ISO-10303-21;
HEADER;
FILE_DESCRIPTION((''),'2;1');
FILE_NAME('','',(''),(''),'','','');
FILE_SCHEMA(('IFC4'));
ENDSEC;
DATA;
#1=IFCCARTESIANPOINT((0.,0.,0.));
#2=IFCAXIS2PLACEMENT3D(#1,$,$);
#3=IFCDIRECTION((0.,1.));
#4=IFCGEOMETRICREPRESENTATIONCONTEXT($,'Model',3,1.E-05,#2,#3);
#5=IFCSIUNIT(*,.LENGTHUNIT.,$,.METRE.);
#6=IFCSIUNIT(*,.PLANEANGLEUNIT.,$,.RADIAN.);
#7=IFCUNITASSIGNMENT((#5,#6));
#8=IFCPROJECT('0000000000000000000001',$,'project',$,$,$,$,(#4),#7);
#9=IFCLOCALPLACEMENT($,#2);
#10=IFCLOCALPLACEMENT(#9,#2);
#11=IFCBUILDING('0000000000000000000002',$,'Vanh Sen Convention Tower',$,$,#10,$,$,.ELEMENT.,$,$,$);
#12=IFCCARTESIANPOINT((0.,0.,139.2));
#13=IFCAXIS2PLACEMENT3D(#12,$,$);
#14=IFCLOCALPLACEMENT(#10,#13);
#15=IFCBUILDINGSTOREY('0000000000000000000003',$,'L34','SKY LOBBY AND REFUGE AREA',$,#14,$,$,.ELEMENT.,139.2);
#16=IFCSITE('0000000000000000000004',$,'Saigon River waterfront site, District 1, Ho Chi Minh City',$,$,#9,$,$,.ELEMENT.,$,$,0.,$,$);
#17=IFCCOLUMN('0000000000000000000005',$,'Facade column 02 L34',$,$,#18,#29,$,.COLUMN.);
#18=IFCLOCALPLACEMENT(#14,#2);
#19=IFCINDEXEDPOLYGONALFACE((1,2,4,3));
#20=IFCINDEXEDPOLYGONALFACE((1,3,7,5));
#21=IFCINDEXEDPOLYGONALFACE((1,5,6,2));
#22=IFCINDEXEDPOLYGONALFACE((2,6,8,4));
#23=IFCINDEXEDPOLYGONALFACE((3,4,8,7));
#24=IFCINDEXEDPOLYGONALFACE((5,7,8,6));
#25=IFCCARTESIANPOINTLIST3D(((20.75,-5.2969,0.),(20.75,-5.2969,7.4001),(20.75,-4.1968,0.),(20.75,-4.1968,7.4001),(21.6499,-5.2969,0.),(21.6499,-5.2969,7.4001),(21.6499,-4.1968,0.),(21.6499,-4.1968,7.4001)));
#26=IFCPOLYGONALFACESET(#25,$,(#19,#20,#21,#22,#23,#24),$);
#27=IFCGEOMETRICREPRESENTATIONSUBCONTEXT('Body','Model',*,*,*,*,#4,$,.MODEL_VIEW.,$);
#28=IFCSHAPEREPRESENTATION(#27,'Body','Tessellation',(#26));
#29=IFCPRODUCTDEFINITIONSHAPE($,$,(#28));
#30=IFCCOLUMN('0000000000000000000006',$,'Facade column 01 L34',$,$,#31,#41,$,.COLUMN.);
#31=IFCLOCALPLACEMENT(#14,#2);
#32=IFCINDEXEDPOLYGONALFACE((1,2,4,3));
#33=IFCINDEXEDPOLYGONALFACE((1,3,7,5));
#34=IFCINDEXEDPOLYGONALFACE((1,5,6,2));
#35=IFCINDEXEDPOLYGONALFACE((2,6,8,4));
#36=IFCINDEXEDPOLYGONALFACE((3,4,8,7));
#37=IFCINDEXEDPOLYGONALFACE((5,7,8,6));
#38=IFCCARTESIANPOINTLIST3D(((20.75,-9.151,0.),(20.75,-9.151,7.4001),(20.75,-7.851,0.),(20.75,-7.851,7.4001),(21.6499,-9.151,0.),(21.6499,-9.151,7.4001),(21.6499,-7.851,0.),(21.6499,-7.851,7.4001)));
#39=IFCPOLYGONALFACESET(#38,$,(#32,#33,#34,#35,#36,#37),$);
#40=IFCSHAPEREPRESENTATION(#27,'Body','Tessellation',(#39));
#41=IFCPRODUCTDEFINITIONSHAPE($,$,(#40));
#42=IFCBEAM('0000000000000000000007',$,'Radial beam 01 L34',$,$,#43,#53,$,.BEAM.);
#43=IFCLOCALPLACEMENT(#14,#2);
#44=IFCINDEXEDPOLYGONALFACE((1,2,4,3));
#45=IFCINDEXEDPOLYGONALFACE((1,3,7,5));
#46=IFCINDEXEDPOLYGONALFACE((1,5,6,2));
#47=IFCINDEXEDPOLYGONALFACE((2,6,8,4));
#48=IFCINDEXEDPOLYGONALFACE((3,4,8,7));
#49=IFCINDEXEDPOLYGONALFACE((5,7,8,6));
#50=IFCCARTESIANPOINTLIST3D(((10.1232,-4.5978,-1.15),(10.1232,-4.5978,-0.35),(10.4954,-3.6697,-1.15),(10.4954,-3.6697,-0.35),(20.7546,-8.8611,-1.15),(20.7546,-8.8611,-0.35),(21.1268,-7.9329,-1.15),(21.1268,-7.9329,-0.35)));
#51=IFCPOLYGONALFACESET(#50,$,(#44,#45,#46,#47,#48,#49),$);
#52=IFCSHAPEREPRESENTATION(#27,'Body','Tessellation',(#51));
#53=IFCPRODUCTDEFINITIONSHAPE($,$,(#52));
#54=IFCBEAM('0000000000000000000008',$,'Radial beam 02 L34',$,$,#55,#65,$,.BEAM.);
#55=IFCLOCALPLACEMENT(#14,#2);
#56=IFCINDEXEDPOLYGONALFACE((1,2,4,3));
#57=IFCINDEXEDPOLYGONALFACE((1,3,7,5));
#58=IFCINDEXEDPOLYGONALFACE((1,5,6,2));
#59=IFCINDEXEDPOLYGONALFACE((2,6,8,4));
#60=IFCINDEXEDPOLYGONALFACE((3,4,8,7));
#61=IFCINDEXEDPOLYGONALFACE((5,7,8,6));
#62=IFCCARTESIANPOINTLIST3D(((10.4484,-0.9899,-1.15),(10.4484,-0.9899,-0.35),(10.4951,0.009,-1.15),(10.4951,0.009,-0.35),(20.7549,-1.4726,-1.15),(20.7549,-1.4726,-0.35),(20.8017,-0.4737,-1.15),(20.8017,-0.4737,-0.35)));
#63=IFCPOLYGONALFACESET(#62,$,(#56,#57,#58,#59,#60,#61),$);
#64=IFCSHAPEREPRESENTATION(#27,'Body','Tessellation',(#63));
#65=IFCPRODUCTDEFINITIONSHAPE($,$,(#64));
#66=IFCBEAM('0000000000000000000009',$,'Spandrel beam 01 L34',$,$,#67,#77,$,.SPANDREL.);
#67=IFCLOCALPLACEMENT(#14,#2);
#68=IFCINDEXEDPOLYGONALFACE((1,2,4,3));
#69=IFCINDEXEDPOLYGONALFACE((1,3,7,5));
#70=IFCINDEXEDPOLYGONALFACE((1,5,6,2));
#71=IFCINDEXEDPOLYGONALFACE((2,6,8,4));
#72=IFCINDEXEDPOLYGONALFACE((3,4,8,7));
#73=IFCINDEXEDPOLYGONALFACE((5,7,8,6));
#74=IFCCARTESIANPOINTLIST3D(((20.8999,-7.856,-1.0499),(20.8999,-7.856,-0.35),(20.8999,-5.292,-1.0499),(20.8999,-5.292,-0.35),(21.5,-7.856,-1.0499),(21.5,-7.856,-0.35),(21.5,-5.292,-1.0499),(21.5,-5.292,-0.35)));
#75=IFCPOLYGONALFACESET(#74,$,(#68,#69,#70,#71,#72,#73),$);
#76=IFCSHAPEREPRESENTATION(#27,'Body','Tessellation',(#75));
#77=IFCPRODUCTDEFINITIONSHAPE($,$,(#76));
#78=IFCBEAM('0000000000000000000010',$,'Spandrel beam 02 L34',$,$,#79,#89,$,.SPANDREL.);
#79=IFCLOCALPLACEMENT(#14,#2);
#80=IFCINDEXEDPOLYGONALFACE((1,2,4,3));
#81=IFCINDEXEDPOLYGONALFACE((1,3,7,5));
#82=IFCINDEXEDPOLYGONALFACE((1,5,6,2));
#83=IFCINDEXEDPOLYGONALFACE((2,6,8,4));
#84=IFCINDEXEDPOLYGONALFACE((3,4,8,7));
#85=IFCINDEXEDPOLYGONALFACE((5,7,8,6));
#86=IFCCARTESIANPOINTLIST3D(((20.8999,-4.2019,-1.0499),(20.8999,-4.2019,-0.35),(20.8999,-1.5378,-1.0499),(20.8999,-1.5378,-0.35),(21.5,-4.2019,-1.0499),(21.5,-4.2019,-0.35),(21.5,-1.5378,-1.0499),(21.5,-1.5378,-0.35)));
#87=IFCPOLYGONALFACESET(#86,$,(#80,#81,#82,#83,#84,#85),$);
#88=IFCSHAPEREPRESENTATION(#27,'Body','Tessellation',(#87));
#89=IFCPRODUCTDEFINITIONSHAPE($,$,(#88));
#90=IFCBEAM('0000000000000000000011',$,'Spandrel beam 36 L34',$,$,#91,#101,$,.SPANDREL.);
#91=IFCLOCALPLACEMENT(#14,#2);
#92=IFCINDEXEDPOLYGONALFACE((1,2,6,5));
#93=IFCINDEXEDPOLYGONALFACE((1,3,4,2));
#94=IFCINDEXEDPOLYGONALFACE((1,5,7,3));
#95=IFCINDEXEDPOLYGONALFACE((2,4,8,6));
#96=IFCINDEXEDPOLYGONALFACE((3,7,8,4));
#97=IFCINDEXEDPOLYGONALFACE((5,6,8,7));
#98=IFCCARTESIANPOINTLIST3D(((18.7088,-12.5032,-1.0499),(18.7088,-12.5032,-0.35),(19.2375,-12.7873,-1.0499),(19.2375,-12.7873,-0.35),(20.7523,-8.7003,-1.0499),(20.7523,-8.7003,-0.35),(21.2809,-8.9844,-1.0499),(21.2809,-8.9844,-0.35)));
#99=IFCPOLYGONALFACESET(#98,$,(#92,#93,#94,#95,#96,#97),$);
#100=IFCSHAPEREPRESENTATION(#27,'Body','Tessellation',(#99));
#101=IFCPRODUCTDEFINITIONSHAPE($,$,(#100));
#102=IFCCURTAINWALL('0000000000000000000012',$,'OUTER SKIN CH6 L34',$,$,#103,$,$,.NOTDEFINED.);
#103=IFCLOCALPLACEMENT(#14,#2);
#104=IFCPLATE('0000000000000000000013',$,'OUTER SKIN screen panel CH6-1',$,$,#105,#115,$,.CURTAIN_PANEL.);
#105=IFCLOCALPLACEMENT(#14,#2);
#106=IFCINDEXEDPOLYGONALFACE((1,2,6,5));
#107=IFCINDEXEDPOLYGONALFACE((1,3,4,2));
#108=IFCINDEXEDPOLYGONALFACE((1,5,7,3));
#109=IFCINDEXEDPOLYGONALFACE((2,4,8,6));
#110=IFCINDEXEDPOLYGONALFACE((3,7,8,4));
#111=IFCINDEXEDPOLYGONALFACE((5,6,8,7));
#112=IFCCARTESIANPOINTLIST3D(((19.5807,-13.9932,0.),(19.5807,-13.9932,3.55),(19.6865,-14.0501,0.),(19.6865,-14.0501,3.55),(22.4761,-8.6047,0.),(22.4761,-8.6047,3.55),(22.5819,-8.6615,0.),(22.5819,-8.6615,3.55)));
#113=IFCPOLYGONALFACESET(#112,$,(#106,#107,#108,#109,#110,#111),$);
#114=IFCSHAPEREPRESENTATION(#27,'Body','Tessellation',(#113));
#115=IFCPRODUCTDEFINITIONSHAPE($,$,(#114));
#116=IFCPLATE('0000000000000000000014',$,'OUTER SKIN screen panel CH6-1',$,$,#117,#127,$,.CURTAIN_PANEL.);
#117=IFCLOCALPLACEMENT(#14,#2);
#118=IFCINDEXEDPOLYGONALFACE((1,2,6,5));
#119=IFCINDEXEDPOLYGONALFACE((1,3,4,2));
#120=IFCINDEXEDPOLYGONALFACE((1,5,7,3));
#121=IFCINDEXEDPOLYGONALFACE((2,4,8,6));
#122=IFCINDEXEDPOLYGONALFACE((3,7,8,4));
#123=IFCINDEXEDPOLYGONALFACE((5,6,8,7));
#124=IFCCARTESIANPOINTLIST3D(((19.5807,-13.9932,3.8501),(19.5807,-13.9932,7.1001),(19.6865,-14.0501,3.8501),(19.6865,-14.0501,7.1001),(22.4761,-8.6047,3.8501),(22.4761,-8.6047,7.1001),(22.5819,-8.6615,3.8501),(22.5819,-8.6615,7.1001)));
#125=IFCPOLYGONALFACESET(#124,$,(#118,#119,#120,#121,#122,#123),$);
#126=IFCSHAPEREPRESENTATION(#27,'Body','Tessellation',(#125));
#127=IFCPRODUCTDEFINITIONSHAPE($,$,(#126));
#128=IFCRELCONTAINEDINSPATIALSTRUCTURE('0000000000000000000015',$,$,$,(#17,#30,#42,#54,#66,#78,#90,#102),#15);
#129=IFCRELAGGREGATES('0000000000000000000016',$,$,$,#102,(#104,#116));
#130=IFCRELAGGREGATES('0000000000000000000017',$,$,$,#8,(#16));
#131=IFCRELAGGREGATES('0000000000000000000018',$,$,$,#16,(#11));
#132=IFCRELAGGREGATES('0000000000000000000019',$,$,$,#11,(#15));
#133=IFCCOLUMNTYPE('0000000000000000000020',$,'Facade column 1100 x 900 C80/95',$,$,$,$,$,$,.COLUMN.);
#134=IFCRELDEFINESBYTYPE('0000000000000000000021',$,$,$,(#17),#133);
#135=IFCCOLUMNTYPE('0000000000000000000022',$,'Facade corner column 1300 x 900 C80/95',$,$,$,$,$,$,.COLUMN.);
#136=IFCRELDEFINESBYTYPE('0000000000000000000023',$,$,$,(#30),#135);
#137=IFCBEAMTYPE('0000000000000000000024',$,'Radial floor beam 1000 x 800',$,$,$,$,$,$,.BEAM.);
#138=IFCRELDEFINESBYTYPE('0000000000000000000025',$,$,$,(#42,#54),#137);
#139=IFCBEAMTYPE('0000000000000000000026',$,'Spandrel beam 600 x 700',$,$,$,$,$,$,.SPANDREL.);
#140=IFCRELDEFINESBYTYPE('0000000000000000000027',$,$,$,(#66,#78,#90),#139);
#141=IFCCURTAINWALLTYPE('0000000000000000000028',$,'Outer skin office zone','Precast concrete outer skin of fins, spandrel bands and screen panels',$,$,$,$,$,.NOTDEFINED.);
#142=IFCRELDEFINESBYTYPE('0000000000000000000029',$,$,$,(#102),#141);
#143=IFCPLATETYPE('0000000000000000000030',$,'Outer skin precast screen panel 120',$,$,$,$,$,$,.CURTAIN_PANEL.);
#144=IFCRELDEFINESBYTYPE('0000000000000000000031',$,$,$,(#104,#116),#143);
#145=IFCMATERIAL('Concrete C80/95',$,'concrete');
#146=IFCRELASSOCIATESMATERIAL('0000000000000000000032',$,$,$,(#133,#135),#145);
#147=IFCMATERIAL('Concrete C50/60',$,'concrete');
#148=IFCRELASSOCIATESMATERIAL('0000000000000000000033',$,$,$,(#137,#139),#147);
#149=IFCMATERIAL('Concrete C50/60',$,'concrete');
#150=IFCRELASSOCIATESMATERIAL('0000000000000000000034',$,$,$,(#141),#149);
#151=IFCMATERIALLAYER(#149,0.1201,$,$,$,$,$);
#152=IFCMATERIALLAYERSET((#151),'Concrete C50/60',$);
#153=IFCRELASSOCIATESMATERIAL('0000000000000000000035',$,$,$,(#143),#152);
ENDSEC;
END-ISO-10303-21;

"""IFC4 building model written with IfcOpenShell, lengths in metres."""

from ifc_helpers import new_model, si_unit, direction, frame, origin, origin_2d, place, context, subcontext, project, spatial, rectangle, extrude, material, layer, layer_set, material_profile, profile_set, type_object, element, aggregate, save


model = new_model("IFC4")

# Units and contexts
model_context = context("Model", 3, precision=1e-05, world=origin(), true_north=direction((0.0, 1.0)))
body_context = subcontext(model_context, "Body", "Model", "MODEL_VIEW")
ifc_project = project(units=[si_unit("LENGTHUNIT", "METRE"), si_unit("PLANEANGLEUNIT", "RADIAN")], contexts=[model_context])

# Site, building, storey
site_placement = place(None, origin())
site = spatial("IfcSite", under=ifc_project, at=site_placement, Name="Saigon River waterfront site, District 1, Ho Chi Minh City", CompositionType="ELEMENT", RefElevation=0.0)
building_placement = place(site_placement, origin())
building = spatial("IfcBuilding", under=site, at=building_placement, Name="Vanh Sen Convention Tower", CompositionType="ELEMENT")
storey_placement = place(building_placement, frame((0.0, 0.0, 139.2)))
storey = spatial("IfcBuildingStorey", under=building, at=storey_placement, Name="L34", Description="SKY LOBBY AND REFUGE AREA", CompositionType="ELEMENT", Elevation=139.2)

# Columns
ifc_material_1 = material(Name="Concrete C80/95", Category="concrete")
ifc_material_profile_1 = material_profile(ifc_material_1, rectangle(XDim=1.1001, YDim=0.8999, at=origin_2d()), Name="RC 1100X900")
ifc_profile_set_1 = profile_set([ifc_material_profile_1], Name="Concrete C80/95")
column_type_1 = type_object("IfcColumnType", Name="Facade column 1100 x 900 C80/95", PredefinedType="COLUMN", material=ifc_profile_set_1)
column_1_placement = place(storey_placement, frame((21.2, -4.7468, 0.0), z_axis=(0.0, 0.0, 1.0), x_axis=(0.0, 1.0, 0.0)))
element("IfcColumn", 1, at=column_1_placement, inside=storey, type_object=column_type_1, Name="Facade column 02 L34", PredefinedType="COLUMN", context=body_context, shape_type="SweptSolid", body=[
    extrude(rectangle(XDim=1.1001, YDim=0.8999, at=origin_2d()), origin(), (0.0, 0.0, 1.0), 7.4001),
])
ifc_material_profile_2 = material_profile(ifc_material_1, rectangle(XDim=1.3, YDim=0.8999, at=origin_2d()), Name="RC 1300X900")
ifc_profile_set_2 = profile_set([ifc_material_profile_2], Name="Concrete C80/95")
column_type_2 = type_object("IfcColumnType", Name="Facade corner column 1300 x 900 C80/95", PredefinedType="COLUMN", material=ifc_profile_set_2)
column_2_placement = place(storey_placement, frame((21.2, -8.501, 0.0), z_axis=(0.0, 0.0, 1.0), x_axis=(0.0, 1.0, 0.0)))
element("IfcColumn", 2, at=column_2_placement, inside=storey, type_object=column_type_2, Name="Facade column 01 L34", PredefinedType="COLUMN", context=body_context, shape_type="SweptSolid", body=[
    extrude(rectangle(XDim=1.3, YDim=0.8999, at=origin_2d()), origin(), (0.0, 0.0, 1.0), 7.4001),
])

# Beams
ifc_material_2 = material(Name="Concrete C50/60", Category="concrete")
ifc_material_profile_3 = material_profile(ifc_material_2, rectangle(XDim=1.0, YDim=0.8, at=origin_2d()), Name="RC 1000X800")
ifc_profile_set_3 = profile_set([ifc_material_profile_3], Name="Concrete C50/60")
beam_type_1 = type_object("IfcBeamType", Name="Radial floor beam 1000 x 800", PredefinedType="BEAM", material=ifc_profile_set_3)
beam_1_placement = place(storey_placement, frame((20.9407, -8.397, -0.75), z_axis=(-0.928156, 0.372192, 0.0), x_axis=(-0.372192, -0.928156, 0.0)))
element("IfcBeam", 3, at=beam_1_placement, inside=storey, type_object=beam_type_1, Name="Radial beam 01 L34", PredefinedType="BEAM", context=body_context, shape_type="SweptSolid", body=[
    extrude(rectangle(XDim=1.0, YDim=0.8, at=origin_2d()), origin(), (0.0, 0.0, 1.0), 11.4543),
])
beam_2_placement = place(storey_placement, frame((20.7783, -0.9731, -0.75), z_axis=(-0.998905, 0.046779, 0.0), x_axis=(-0.046779, -0.998905, 0.0)))
element("IfcBeam", 4, at=beam_2_placement, inside=storey, type_object=beam_type_1, Name="Radial beam 02 L34", PredefinedType="BEAM", context=body_context, shape_type="SweptSolid", body=[
    extrude(rectangle(XDim=1.0, YDim=0.8, at=origin_2d()), origin(), (0.0, 0.0, 1.0), 10.3179),
])
ifc_material_profile_4 = material_profile(ifc_material_2, rectangle(XDim=0.6001, YDim=0.7, at=origin_2d()), Name="RC 600X700")
ifc_profile_set_4 = profile_set([ifc_material_profile_4], Name="Concrete C50/60")
beam_type_2 = type_object("IfcBeamType", Name="Spandrel beam 600 x 700", PredefinedType="SPANDREL", material=ifc_profile_set_4)
beam_3_placement = place(storey_placement, frame((21.2, -7.856, -0.7), z_axis=(0.0, 1.0, 0.0), x_axis=(-1.0, 0.0, 0.0)))
element("IfcBeam", 5, at=beam_3_placement, inside=storey, type_object=beam_type_2, Name="Spandrel beam 01 L34", PredefinedType="SPANDREL", context=body_context, shape_type="SweptSolid", body=[
    extrude(rectangle(XDim=0.6001, YDim=0.7, at=origin_2d()), origin(), (0.0, 0.0, 1.0), 2.564),
])
beam_4_placement = place(storey_placement, frame((21.2, -4.2019, -0.7), z_axis=(0.0, 1.0, 0.0), x_axis=(-1.0, 0.0, 0.0)))
element("IfcBeam", 6, at=beam_4_placement, inside=storey, type_object=beam_type_2, Name="Spandrel beam 02 L34", PredefinedType="SPANDREL", context=body_context, shape_type="SweptSolid", body=[
    extrude(rectangle(XDim=0.6001, YDim=0.7, at=origin_2d()), origin(), (0.0, 0.0, 1.0), 2.6641),
])
beam_5_placement = place(storey_placement, frame((18.9731, -12.6453, -0.7), z_axis=(0.473327, 0.880887, 0.0), x_axis=(-0.880887, 0.473327, 0.0)))
element("IfcBeam", 7, at=beam_5_placement, inside=storey, type_object=beam_type_2, Name="Spandrel beam 36 L34", PredefinedType="SPANDREL", context=body_context, shape_type="SweptSolid", body=[
    extrude(rectangle(XDim=0.6001, YDim=0.7, at=origin_2d()), origin(), (0.0, 0.0, 1.0), 4.3171),
])

# Curtain wall, plates
ifc_material_3 = material(Name="Concrete C50/60", Category="concrete")
curtain_wall_type = type_object("IfcCurtainWallType", Name="Outer skin office zone", Description="Precast concrete outer skin of fins, spandrel bands and screen panels", PredefinedType="NOTDEFINED", material=ifc_material_3)
curtain_wall_placement = place(storey_placement, origin())
curtain_wall = element("IfcCurtainWall", 8, at=curtain_wall_placement, inside=storey, type_object=curtain_wall_type, Name="OUTER SKIN CH6 L34", PredefinedType="NOTDEFINED")
ifc_layer_1 = layer(ifc_material_3, 0.1201)
ifc_layer_set_1 = layer_set([ifc_layer_1], Name="Concrete C50/60")
plate_type = type_object("IfcPlateType", Name="Outer skin precast screen panel 120", PredefinedType="CURTAIN_PANEL", material=ifc_layer_set_1)
plate_1_placement = place(storey_placement, frame((21.0813, -11.3274, 0.0), z_axis=(0.0, 0.0, 1.0), x_axis=(0.473321, 0.88089, 0.0)))
plate_1 = element("IfcPlate", 9, at=plate_1_placement, type_object=plate_type, Name="OUTER SKIN screen panel CH6-1", PredefinedType="CURTAIN_PANEL", context=body_context, shape_type="SweptSolid", body=[
    extrude(rectangle(XDim=6.1172, YDim=0.1201, at=origin_2d()), origin(), (0.0, 0.0, 1.0), 3.55),
])
plate_2_placement = place(storey_placement, frame((21.0813, -11.3274, 3.8501), z_axis=(0.0, 0.0, 1.0), x_axis=(0.473321, 0.88089, 0.0)))
plate_2 = element("IfcPlate", 10, at=plate_2_placement, type_object=plate_type, Name="OUTER SKIN screen panel CH6-1", PredefinedType="CURTAIN_PANEL", context=body_context, shape_type="SweptSolid", body=[
    extrude(rectangle(XDim=6.1172, YDim=0.1201, at=origin_2d()), origin(), (0.0, 0.0, 1.0), 3.25),
])
aggregate(curtain_wall, [plate_1, plate_2])

save(model, "model.ifc")
